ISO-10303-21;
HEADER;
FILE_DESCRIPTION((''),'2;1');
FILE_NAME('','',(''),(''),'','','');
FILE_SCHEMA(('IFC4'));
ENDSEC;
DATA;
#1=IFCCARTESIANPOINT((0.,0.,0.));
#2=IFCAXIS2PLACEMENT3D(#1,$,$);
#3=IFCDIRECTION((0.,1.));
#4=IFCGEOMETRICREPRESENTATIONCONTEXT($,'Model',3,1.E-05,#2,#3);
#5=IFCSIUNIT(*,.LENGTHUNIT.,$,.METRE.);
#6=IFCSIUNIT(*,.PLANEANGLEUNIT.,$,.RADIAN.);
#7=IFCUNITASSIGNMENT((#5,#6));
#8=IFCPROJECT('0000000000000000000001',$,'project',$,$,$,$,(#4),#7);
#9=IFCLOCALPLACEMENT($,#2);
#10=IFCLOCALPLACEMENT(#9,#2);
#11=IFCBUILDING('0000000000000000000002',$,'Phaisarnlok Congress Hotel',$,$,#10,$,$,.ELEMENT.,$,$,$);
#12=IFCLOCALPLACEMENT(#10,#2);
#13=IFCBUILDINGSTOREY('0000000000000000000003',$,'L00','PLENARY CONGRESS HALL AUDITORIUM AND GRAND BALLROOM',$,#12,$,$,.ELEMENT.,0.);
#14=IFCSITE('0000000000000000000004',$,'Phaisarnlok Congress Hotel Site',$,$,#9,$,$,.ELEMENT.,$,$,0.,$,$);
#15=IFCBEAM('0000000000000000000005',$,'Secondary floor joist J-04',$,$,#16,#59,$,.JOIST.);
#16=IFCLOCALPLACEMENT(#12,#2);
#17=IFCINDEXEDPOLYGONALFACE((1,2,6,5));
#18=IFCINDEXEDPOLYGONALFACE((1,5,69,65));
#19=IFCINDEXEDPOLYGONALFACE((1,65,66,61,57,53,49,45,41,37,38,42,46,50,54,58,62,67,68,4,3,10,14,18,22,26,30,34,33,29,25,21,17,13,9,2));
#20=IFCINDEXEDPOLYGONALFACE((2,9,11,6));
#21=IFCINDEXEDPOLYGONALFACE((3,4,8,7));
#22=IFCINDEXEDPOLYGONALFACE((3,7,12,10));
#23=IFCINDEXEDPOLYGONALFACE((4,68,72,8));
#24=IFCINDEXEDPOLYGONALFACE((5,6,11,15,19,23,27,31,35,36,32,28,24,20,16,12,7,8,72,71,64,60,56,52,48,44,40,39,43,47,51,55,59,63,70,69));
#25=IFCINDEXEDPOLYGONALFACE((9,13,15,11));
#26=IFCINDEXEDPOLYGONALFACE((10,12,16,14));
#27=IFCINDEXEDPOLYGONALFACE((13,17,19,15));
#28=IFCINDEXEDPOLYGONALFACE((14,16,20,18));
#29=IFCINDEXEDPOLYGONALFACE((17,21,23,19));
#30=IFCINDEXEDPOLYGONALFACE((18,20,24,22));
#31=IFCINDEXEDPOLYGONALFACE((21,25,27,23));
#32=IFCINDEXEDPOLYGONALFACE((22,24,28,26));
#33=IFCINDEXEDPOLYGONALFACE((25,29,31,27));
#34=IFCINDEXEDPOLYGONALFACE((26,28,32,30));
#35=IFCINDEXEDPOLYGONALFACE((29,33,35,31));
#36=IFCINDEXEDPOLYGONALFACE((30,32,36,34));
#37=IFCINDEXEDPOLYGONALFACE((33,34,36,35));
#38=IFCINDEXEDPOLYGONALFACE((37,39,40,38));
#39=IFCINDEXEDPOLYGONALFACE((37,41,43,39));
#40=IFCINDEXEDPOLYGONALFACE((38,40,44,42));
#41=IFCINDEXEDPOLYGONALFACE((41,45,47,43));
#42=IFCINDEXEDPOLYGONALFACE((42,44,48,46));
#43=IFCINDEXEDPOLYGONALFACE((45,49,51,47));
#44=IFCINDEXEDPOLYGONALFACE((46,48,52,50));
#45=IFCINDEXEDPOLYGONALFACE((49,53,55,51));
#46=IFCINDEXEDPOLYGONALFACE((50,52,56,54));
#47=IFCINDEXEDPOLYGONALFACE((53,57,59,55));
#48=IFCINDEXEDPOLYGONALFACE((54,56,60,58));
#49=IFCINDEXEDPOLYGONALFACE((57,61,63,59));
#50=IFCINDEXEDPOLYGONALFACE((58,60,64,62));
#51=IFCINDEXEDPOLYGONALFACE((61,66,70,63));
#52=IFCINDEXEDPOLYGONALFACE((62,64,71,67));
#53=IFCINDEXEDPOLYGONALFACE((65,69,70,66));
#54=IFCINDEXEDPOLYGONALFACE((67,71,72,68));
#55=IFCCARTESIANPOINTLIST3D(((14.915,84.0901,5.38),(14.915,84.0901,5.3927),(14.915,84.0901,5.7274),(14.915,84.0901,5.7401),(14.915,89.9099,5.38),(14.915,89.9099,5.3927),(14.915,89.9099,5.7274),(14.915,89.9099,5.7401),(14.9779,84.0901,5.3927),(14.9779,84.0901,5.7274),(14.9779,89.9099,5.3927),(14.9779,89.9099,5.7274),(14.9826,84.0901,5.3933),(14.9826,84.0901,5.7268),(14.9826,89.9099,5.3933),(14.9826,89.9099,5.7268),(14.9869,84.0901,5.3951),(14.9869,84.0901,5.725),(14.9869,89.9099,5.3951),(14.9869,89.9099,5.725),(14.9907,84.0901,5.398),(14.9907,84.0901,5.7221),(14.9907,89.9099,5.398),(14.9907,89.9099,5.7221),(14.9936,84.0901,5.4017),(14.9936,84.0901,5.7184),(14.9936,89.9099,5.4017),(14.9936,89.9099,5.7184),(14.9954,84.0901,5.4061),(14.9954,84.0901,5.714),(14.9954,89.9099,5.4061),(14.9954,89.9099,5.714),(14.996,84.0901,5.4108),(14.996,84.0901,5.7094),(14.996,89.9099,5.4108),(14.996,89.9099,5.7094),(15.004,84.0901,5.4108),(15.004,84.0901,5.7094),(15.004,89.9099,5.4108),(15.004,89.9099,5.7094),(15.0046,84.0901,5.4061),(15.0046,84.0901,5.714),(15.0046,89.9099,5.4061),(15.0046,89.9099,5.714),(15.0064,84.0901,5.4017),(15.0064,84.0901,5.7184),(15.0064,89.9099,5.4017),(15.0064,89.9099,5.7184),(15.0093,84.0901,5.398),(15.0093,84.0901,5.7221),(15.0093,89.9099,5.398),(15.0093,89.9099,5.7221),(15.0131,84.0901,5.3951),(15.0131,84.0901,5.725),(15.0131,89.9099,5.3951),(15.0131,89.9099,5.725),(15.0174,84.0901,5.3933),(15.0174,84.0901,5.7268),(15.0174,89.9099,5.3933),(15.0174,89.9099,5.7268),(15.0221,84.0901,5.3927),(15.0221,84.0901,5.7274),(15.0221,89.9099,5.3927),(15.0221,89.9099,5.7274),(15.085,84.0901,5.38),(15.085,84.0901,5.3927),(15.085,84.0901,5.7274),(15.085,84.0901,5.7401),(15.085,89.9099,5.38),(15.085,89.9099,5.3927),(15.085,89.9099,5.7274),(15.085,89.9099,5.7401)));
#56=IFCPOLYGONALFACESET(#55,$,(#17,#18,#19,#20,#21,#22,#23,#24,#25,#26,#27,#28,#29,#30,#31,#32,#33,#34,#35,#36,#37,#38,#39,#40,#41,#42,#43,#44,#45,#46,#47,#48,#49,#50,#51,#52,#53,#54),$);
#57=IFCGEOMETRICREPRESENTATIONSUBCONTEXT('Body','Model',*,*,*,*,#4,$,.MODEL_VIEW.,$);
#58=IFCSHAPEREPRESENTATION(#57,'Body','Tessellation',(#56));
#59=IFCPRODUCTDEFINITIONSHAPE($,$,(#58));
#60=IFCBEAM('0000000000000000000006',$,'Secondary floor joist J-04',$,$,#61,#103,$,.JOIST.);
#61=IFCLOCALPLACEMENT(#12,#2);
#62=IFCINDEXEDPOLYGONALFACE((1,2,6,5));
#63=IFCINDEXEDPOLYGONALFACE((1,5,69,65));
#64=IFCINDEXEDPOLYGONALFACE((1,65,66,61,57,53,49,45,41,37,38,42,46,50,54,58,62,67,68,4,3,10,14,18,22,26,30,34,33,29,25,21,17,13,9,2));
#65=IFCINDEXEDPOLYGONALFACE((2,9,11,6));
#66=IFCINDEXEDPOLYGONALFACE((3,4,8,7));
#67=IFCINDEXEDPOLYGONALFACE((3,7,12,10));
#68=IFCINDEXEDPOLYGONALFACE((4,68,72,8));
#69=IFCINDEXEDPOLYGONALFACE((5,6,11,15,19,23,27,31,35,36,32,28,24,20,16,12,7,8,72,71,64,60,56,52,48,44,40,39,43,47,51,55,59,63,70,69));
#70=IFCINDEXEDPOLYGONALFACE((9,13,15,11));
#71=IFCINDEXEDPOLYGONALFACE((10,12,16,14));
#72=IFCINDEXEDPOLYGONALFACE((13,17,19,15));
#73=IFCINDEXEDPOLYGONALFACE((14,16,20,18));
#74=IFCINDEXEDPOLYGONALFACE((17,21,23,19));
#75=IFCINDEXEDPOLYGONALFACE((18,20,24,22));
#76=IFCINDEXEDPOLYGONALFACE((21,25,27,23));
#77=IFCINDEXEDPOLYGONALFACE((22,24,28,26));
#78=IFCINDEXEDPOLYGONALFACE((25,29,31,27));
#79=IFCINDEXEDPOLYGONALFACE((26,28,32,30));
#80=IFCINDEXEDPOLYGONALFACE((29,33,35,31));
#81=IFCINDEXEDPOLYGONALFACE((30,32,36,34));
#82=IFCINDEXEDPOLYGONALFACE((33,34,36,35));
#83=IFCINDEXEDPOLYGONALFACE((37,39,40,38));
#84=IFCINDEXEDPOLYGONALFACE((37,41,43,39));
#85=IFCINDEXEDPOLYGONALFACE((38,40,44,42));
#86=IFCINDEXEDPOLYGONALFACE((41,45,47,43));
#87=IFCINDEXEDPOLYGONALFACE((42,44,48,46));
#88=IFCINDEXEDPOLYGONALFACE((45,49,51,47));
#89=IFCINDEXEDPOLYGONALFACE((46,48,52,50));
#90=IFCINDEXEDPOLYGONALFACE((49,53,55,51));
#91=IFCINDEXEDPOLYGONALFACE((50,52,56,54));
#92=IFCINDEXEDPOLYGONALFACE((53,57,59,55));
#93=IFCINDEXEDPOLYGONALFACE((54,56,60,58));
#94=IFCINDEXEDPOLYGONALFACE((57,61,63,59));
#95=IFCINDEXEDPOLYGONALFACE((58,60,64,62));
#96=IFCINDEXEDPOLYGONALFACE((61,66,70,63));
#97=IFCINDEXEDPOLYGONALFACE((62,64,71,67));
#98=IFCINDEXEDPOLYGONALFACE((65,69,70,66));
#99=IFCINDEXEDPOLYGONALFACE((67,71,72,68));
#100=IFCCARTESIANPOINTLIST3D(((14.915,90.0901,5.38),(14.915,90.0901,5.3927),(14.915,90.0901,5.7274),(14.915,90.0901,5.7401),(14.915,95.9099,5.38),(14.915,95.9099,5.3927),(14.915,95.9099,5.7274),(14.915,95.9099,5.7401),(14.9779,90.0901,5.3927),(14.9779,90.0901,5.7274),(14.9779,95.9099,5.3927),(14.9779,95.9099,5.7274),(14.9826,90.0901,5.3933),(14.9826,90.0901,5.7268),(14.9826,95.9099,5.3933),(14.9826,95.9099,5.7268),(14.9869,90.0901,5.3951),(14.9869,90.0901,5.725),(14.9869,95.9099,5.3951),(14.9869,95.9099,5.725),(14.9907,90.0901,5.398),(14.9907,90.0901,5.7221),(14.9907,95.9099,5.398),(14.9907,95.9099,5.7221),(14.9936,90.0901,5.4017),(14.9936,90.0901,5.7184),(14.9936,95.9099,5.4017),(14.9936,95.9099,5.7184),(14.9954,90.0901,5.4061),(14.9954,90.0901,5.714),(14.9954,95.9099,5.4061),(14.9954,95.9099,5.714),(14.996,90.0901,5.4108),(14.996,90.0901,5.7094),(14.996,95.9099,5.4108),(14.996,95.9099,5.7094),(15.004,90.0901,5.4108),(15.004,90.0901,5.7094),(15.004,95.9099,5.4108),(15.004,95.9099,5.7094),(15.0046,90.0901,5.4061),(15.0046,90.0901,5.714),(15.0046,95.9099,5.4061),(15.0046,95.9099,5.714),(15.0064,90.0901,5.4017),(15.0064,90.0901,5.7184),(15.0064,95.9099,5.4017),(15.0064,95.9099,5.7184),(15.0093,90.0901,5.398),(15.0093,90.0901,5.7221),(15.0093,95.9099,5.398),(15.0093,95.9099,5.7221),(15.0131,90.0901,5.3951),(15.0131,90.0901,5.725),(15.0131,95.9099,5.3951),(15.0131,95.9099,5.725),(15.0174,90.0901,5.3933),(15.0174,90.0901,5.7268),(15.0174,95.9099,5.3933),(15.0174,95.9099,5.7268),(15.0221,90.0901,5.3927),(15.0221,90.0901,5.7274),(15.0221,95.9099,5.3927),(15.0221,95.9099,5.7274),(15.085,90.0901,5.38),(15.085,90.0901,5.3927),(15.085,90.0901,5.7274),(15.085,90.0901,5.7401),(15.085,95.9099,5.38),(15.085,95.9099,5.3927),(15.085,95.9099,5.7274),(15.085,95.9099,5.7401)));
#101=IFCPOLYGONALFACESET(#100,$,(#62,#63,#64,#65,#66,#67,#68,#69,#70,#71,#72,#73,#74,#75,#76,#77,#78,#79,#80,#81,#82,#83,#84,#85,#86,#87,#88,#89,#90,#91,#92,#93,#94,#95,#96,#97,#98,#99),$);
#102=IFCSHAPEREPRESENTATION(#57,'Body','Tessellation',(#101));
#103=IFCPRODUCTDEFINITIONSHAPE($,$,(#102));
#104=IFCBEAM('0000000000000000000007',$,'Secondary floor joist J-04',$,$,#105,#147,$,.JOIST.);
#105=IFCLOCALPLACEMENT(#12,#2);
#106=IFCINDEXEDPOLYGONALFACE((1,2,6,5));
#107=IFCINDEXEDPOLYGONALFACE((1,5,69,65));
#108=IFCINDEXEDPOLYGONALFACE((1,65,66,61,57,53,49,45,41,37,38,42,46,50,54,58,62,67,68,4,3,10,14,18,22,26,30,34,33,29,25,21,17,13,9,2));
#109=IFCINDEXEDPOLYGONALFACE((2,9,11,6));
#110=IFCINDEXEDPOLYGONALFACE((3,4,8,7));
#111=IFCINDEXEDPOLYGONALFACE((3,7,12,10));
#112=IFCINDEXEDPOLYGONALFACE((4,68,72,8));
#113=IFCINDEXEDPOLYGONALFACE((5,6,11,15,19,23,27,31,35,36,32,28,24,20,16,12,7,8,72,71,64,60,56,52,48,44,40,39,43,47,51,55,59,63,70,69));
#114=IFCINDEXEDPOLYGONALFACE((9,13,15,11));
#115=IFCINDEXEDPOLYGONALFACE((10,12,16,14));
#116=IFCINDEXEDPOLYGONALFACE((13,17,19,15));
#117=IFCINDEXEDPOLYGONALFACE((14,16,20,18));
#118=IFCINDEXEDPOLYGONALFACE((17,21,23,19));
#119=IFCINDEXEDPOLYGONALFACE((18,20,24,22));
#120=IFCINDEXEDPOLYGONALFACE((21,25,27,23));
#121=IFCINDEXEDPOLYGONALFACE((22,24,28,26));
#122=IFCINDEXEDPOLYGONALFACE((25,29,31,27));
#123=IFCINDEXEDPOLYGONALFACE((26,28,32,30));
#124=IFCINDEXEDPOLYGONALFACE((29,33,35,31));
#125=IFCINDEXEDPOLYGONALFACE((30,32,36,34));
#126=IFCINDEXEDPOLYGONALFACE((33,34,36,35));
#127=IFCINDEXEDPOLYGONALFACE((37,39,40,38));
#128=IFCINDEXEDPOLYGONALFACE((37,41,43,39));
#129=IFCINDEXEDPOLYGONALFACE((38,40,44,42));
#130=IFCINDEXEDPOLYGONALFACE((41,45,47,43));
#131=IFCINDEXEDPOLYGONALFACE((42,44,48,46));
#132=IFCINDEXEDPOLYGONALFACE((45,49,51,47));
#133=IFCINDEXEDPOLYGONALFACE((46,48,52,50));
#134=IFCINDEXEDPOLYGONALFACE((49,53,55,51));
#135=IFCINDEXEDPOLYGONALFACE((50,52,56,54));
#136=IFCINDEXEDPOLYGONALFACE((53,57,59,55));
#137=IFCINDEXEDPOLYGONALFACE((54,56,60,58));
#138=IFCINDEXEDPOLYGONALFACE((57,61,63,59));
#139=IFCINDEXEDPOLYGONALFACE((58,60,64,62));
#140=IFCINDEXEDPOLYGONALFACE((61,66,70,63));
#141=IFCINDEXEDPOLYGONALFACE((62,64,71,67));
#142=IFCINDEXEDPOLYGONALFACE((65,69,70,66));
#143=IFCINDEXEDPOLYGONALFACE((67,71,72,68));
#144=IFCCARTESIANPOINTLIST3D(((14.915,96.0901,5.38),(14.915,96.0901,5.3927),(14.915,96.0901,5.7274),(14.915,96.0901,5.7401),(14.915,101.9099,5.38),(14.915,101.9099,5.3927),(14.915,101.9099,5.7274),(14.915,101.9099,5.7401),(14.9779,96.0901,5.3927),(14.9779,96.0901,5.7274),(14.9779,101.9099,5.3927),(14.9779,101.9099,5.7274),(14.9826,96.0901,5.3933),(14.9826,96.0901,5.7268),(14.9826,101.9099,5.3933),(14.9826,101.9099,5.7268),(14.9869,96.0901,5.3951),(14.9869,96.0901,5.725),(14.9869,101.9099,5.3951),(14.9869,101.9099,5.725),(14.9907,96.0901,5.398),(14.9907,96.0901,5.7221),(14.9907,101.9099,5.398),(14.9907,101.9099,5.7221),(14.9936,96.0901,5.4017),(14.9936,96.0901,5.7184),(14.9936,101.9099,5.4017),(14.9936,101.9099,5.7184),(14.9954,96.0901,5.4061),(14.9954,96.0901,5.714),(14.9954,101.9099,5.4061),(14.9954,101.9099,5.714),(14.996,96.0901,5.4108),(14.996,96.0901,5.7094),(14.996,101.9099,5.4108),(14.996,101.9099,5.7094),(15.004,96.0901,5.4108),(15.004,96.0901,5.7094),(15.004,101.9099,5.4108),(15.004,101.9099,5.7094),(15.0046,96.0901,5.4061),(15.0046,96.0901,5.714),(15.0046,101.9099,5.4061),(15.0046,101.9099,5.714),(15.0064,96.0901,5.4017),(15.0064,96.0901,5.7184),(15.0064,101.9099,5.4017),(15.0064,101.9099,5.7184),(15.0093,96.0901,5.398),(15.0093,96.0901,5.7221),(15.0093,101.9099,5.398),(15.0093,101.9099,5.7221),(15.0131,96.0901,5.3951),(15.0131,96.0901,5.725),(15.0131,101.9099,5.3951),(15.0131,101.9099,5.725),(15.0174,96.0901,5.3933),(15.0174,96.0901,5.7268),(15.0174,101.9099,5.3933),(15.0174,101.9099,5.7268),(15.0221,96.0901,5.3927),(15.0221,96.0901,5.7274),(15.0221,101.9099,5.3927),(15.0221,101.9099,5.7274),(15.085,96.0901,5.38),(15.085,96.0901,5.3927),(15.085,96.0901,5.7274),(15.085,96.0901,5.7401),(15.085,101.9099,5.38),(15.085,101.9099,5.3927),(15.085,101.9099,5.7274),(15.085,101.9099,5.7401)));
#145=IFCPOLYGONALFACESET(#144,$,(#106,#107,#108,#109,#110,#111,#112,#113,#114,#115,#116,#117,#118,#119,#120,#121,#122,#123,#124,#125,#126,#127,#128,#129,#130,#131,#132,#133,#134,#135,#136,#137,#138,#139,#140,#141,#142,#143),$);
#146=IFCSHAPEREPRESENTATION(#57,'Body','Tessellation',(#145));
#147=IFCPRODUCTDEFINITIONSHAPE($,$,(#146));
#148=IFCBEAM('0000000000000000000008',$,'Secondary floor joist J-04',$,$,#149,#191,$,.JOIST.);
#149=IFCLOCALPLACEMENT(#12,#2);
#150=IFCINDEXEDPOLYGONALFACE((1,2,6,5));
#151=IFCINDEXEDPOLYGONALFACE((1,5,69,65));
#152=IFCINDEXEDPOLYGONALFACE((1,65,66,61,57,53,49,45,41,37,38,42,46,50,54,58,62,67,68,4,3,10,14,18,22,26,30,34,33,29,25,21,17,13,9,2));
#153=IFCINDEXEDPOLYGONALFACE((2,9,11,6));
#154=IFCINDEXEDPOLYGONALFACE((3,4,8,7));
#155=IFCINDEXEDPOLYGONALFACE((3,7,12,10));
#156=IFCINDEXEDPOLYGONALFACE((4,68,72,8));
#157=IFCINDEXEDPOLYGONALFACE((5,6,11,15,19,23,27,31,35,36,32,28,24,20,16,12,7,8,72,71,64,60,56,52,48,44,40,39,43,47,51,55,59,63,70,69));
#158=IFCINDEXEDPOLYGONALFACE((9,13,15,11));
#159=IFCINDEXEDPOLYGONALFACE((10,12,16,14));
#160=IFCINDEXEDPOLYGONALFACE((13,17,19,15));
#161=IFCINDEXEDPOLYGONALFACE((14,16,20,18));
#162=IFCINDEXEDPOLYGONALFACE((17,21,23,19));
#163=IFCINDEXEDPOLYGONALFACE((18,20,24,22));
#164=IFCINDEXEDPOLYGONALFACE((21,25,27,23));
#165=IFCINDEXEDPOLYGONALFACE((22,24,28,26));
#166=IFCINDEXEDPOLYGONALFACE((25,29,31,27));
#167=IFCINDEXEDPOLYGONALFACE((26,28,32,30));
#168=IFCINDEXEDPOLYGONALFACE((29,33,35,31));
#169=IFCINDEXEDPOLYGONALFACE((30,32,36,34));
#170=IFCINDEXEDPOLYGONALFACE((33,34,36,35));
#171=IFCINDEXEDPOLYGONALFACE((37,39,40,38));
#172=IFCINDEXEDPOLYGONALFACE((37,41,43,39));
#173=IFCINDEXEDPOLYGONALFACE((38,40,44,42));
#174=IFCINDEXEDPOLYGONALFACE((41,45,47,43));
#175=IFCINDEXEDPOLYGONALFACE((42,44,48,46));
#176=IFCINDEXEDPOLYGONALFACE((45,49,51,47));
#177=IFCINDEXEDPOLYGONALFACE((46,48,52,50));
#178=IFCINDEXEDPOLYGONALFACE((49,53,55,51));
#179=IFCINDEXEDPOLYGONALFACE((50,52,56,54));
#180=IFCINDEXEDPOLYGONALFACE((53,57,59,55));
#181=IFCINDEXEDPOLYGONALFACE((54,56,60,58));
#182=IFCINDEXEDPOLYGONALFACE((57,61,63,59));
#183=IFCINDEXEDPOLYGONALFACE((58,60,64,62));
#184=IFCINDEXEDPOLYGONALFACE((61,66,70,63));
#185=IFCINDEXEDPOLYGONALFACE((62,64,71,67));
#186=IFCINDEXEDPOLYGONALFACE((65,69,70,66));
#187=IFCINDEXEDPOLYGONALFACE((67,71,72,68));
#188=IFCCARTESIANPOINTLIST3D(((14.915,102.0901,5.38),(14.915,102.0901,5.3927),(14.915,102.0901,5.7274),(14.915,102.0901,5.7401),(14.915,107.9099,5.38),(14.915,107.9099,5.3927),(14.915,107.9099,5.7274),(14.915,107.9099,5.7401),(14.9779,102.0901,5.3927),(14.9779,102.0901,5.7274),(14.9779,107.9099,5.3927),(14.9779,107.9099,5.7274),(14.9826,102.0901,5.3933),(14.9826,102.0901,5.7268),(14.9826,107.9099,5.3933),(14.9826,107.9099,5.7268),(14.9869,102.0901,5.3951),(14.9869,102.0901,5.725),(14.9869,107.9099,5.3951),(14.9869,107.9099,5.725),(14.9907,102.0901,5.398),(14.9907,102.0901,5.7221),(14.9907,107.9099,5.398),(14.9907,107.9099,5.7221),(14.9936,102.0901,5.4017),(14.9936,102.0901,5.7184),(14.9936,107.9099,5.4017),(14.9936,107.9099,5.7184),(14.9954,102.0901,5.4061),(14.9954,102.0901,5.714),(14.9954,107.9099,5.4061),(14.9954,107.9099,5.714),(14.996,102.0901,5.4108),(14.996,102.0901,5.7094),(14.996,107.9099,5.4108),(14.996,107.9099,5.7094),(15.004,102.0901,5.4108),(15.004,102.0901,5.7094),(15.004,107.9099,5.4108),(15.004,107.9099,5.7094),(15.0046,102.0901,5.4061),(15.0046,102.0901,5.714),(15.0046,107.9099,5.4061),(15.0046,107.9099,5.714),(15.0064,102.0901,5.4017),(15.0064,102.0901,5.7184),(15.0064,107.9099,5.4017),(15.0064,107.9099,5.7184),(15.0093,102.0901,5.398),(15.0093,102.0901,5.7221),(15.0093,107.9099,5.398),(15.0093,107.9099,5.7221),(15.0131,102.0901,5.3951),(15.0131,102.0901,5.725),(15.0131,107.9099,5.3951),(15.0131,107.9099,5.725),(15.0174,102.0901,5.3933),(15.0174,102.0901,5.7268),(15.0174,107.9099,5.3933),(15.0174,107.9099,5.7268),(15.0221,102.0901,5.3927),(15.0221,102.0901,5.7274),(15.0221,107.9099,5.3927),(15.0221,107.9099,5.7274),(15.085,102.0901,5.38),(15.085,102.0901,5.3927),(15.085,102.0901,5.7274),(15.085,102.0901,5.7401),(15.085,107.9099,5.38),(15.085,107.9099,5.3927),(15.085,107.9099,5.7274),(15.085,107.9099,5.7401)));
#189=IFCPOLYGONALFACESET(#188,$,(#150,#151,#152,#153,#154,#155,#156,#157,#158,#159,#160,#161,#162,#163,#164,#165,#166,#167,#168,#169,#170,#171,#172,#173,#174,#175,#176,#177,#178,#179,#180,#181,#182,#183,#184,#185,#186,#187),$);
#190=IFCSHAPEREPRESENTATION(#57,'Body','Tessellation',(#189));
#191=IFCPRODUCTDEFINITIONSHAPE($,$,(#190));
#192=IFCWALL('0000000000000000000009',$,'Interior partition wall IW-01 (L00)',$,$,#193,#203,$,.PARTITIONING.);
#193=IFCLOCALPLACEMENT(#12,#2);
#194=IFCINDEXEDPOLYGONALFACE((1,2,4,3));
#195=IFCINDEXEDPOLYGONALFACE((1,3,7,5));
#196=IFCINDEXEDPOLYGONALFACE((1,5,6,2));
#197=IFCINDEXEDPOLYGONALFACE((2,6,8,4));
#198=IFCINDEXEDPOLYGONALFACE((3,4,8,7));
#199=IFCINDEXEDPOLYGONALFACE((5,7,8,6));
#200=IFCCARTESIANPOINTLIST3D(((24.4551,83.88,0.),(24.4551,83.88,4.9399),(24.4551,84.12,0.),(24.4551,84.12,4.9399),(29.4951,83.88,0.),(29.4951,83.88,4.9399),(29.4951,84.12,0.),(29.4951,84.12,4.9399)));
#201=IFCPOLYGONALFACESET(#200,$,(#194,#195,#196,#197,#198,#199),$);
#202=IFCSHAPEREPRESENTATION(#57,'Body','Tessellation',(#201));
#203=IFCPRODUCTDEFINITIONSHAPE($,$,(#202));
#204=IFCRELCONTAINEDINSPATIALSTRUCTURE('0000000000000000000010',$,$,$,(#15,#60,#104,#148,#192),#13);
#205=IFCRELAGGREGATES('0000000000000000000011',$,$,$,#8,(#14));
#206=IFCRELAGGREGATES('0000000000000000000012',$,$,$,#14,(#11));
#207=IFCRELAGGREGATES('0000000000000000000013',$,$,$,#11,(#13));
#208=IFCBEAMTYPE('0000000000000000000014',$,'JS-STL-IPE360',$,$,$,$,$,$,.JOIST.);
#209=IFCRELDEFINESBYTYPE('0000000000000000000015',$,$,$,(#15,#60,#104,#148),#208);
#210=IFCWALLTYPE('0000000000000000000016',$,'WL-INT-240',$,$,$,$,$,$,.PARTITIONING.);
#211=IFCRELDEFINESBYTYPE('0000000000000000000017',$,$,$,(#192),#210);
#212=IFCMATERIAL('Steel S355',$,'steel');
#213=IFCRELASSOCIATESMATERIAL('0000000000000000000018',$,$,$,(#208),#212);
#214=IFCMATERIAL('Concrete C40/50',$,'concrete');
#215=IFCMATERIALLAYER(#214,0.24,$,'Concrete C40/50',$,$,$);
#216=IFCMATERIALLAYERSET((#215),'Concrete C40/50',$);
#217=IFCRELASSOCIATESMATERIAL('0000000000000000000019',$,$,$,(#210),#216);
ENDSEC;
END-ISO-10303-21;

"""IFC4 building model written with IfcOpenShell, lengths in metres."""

from ifc_helpers import new_model, si_unit, direction, frame, frame_2d, origin, origin_2d, place, context, subcontext, project, spatial, rectangle, i_section, extrude, material, layer, layer_set, material_profile, profile_set, type_object, element, save


model = new_model("IFC4")

# Units and contexts
model_context = context("Model", 3, precision=1e-05, world=origin(), true_north=direction((0.0, 1.0)))
body_context = subcontext(model_context, "Body", "Model", "MODEL_VIEW")
ifc_project = project(units=[si_unit("LENGTHUNIT", "METRE"), si_unit("PLANEANGLEUNIT", "RADIAN")], contexts=[model_context])

# Site, building, storey
site_placement = place(None, origin())
site = spatial("IfcSite", under=ifc_project, at=site_placement, Name="Phaisarnlok Congress Hotel Site", CompositionType="ELEMENT", RefElevation=0.0)
building_placement = place(site_placement, origin())
building = spatial("IfcBuilding", under=site, at=building_placement, Name="Phaisarnlok Congress Hotel", CompositionType="ELEMENT")
storey_placement = place(building_placement, origin())
storey = spatial("IfcBuildingStorey", under=building, at=storey_placement, Name="L00", Description="PLENARY CONGRESS HALL AUDITORIUM AND GRAND BALLROOM", CompositionType="ELEMENT", Elevation=0.0)

# Shared definitions
ifc_material_1 = material(Name="Steel S355", Category="steel")

# Beams
ifc_material_2 = material(Name="Concrete C40/50", Category="concrete")
ifc_material_profile_1 = material_profile(ifc_material_1, i_section(OverallWidth=0.1699, OverallDepth=0.3601, WebThickness=0.0081, FlangeThickness=0.0127, FilletRadius=0.0181, at=origin_2d()), Name="IPE 360")
ifc_profile_set_1 = profile_set([ifc_material_profile_1], Name="Steel S355")
beam_type_1 = type_object("IfcBeamType", Name="JS-STL-IPE360", PredefinedType="JOIST", material=ifc_profile_set_1)
for number, where, z_axis, x_axis, name in (
    (1, (15.0, 84.0901, 5.5601), (0.0, 1.0, 0.0), (-1.0, 0.0, 0.0), "Secondary floor joist J-04"),
    (2, (15.0, 90.0901, 5.5601), (0.0, 1.0, 0.0), (-1.0, 0.0, 0.0), "Secondary floor joist J-04"),
    (3, (15.0, 96.0901, 5.5601), (0.0, 1.0, 0.0), (-1.0, 0.0, 0.0), "Secondary floor joist J-04"),
    (4, (15.0, 102.0901, 5.5601), (0.0, 1.0, 0.0), (-1.0, 0.0, 0.0), "Secondary floor joist J-04"),
):
    element("IfcBeam", number, at=place(storey_placement, frame(where, z_axis=z_axis, x_axis=x_axis)), inside=storey, type_object=beam_type_1, Name=name, PredefinedType="JOIST", context=body_context, shape_type="SweptSolid", body=[
        extrude(i_section(OverallWidth=0.1699, OverallDepth=0.3601, WebThickness=0.0081, FlangeThickness=0.0127, FilletRadius=0.0181, at=origin_2d()), origin(), (0.0, 0.0, 1.0), 5.8198),
    ])

# Wall
ifc_layer = layer(ifc_material_2, 0.24, Name="Concrete C40/50")
ifc_layer_set = layer_set([ifc_layer], Name="Concrete C40/50")
wall_type = type_object("IfcWallType", Name="WL-INT-240", PredefinedType="PARTITIONING", material=ifc_layer_set)
wall_placement = place(storey_placement, frame((24.4551, 84.0, 0.0), z_axis=(0.0, 0.0, 1.0), x_axis=(1.0, 0.0, 0.0)))
element("IfcWall", 5, at=wall_placement, inside=storey, type_object=wall_type, Name="Interior partition wall IW-01 (L00)", PredefinedType="PARTITIONING", context=body_context, shape_type="SweptSolid", body=[
    extrude(rectangle(XDim=5.04, YDim=0.24, at=frame_2d((2.52, 0.0))), origin(), (0.0, 0.0, 1.0), 4.9399),
])

save(model, "model.ifc")
